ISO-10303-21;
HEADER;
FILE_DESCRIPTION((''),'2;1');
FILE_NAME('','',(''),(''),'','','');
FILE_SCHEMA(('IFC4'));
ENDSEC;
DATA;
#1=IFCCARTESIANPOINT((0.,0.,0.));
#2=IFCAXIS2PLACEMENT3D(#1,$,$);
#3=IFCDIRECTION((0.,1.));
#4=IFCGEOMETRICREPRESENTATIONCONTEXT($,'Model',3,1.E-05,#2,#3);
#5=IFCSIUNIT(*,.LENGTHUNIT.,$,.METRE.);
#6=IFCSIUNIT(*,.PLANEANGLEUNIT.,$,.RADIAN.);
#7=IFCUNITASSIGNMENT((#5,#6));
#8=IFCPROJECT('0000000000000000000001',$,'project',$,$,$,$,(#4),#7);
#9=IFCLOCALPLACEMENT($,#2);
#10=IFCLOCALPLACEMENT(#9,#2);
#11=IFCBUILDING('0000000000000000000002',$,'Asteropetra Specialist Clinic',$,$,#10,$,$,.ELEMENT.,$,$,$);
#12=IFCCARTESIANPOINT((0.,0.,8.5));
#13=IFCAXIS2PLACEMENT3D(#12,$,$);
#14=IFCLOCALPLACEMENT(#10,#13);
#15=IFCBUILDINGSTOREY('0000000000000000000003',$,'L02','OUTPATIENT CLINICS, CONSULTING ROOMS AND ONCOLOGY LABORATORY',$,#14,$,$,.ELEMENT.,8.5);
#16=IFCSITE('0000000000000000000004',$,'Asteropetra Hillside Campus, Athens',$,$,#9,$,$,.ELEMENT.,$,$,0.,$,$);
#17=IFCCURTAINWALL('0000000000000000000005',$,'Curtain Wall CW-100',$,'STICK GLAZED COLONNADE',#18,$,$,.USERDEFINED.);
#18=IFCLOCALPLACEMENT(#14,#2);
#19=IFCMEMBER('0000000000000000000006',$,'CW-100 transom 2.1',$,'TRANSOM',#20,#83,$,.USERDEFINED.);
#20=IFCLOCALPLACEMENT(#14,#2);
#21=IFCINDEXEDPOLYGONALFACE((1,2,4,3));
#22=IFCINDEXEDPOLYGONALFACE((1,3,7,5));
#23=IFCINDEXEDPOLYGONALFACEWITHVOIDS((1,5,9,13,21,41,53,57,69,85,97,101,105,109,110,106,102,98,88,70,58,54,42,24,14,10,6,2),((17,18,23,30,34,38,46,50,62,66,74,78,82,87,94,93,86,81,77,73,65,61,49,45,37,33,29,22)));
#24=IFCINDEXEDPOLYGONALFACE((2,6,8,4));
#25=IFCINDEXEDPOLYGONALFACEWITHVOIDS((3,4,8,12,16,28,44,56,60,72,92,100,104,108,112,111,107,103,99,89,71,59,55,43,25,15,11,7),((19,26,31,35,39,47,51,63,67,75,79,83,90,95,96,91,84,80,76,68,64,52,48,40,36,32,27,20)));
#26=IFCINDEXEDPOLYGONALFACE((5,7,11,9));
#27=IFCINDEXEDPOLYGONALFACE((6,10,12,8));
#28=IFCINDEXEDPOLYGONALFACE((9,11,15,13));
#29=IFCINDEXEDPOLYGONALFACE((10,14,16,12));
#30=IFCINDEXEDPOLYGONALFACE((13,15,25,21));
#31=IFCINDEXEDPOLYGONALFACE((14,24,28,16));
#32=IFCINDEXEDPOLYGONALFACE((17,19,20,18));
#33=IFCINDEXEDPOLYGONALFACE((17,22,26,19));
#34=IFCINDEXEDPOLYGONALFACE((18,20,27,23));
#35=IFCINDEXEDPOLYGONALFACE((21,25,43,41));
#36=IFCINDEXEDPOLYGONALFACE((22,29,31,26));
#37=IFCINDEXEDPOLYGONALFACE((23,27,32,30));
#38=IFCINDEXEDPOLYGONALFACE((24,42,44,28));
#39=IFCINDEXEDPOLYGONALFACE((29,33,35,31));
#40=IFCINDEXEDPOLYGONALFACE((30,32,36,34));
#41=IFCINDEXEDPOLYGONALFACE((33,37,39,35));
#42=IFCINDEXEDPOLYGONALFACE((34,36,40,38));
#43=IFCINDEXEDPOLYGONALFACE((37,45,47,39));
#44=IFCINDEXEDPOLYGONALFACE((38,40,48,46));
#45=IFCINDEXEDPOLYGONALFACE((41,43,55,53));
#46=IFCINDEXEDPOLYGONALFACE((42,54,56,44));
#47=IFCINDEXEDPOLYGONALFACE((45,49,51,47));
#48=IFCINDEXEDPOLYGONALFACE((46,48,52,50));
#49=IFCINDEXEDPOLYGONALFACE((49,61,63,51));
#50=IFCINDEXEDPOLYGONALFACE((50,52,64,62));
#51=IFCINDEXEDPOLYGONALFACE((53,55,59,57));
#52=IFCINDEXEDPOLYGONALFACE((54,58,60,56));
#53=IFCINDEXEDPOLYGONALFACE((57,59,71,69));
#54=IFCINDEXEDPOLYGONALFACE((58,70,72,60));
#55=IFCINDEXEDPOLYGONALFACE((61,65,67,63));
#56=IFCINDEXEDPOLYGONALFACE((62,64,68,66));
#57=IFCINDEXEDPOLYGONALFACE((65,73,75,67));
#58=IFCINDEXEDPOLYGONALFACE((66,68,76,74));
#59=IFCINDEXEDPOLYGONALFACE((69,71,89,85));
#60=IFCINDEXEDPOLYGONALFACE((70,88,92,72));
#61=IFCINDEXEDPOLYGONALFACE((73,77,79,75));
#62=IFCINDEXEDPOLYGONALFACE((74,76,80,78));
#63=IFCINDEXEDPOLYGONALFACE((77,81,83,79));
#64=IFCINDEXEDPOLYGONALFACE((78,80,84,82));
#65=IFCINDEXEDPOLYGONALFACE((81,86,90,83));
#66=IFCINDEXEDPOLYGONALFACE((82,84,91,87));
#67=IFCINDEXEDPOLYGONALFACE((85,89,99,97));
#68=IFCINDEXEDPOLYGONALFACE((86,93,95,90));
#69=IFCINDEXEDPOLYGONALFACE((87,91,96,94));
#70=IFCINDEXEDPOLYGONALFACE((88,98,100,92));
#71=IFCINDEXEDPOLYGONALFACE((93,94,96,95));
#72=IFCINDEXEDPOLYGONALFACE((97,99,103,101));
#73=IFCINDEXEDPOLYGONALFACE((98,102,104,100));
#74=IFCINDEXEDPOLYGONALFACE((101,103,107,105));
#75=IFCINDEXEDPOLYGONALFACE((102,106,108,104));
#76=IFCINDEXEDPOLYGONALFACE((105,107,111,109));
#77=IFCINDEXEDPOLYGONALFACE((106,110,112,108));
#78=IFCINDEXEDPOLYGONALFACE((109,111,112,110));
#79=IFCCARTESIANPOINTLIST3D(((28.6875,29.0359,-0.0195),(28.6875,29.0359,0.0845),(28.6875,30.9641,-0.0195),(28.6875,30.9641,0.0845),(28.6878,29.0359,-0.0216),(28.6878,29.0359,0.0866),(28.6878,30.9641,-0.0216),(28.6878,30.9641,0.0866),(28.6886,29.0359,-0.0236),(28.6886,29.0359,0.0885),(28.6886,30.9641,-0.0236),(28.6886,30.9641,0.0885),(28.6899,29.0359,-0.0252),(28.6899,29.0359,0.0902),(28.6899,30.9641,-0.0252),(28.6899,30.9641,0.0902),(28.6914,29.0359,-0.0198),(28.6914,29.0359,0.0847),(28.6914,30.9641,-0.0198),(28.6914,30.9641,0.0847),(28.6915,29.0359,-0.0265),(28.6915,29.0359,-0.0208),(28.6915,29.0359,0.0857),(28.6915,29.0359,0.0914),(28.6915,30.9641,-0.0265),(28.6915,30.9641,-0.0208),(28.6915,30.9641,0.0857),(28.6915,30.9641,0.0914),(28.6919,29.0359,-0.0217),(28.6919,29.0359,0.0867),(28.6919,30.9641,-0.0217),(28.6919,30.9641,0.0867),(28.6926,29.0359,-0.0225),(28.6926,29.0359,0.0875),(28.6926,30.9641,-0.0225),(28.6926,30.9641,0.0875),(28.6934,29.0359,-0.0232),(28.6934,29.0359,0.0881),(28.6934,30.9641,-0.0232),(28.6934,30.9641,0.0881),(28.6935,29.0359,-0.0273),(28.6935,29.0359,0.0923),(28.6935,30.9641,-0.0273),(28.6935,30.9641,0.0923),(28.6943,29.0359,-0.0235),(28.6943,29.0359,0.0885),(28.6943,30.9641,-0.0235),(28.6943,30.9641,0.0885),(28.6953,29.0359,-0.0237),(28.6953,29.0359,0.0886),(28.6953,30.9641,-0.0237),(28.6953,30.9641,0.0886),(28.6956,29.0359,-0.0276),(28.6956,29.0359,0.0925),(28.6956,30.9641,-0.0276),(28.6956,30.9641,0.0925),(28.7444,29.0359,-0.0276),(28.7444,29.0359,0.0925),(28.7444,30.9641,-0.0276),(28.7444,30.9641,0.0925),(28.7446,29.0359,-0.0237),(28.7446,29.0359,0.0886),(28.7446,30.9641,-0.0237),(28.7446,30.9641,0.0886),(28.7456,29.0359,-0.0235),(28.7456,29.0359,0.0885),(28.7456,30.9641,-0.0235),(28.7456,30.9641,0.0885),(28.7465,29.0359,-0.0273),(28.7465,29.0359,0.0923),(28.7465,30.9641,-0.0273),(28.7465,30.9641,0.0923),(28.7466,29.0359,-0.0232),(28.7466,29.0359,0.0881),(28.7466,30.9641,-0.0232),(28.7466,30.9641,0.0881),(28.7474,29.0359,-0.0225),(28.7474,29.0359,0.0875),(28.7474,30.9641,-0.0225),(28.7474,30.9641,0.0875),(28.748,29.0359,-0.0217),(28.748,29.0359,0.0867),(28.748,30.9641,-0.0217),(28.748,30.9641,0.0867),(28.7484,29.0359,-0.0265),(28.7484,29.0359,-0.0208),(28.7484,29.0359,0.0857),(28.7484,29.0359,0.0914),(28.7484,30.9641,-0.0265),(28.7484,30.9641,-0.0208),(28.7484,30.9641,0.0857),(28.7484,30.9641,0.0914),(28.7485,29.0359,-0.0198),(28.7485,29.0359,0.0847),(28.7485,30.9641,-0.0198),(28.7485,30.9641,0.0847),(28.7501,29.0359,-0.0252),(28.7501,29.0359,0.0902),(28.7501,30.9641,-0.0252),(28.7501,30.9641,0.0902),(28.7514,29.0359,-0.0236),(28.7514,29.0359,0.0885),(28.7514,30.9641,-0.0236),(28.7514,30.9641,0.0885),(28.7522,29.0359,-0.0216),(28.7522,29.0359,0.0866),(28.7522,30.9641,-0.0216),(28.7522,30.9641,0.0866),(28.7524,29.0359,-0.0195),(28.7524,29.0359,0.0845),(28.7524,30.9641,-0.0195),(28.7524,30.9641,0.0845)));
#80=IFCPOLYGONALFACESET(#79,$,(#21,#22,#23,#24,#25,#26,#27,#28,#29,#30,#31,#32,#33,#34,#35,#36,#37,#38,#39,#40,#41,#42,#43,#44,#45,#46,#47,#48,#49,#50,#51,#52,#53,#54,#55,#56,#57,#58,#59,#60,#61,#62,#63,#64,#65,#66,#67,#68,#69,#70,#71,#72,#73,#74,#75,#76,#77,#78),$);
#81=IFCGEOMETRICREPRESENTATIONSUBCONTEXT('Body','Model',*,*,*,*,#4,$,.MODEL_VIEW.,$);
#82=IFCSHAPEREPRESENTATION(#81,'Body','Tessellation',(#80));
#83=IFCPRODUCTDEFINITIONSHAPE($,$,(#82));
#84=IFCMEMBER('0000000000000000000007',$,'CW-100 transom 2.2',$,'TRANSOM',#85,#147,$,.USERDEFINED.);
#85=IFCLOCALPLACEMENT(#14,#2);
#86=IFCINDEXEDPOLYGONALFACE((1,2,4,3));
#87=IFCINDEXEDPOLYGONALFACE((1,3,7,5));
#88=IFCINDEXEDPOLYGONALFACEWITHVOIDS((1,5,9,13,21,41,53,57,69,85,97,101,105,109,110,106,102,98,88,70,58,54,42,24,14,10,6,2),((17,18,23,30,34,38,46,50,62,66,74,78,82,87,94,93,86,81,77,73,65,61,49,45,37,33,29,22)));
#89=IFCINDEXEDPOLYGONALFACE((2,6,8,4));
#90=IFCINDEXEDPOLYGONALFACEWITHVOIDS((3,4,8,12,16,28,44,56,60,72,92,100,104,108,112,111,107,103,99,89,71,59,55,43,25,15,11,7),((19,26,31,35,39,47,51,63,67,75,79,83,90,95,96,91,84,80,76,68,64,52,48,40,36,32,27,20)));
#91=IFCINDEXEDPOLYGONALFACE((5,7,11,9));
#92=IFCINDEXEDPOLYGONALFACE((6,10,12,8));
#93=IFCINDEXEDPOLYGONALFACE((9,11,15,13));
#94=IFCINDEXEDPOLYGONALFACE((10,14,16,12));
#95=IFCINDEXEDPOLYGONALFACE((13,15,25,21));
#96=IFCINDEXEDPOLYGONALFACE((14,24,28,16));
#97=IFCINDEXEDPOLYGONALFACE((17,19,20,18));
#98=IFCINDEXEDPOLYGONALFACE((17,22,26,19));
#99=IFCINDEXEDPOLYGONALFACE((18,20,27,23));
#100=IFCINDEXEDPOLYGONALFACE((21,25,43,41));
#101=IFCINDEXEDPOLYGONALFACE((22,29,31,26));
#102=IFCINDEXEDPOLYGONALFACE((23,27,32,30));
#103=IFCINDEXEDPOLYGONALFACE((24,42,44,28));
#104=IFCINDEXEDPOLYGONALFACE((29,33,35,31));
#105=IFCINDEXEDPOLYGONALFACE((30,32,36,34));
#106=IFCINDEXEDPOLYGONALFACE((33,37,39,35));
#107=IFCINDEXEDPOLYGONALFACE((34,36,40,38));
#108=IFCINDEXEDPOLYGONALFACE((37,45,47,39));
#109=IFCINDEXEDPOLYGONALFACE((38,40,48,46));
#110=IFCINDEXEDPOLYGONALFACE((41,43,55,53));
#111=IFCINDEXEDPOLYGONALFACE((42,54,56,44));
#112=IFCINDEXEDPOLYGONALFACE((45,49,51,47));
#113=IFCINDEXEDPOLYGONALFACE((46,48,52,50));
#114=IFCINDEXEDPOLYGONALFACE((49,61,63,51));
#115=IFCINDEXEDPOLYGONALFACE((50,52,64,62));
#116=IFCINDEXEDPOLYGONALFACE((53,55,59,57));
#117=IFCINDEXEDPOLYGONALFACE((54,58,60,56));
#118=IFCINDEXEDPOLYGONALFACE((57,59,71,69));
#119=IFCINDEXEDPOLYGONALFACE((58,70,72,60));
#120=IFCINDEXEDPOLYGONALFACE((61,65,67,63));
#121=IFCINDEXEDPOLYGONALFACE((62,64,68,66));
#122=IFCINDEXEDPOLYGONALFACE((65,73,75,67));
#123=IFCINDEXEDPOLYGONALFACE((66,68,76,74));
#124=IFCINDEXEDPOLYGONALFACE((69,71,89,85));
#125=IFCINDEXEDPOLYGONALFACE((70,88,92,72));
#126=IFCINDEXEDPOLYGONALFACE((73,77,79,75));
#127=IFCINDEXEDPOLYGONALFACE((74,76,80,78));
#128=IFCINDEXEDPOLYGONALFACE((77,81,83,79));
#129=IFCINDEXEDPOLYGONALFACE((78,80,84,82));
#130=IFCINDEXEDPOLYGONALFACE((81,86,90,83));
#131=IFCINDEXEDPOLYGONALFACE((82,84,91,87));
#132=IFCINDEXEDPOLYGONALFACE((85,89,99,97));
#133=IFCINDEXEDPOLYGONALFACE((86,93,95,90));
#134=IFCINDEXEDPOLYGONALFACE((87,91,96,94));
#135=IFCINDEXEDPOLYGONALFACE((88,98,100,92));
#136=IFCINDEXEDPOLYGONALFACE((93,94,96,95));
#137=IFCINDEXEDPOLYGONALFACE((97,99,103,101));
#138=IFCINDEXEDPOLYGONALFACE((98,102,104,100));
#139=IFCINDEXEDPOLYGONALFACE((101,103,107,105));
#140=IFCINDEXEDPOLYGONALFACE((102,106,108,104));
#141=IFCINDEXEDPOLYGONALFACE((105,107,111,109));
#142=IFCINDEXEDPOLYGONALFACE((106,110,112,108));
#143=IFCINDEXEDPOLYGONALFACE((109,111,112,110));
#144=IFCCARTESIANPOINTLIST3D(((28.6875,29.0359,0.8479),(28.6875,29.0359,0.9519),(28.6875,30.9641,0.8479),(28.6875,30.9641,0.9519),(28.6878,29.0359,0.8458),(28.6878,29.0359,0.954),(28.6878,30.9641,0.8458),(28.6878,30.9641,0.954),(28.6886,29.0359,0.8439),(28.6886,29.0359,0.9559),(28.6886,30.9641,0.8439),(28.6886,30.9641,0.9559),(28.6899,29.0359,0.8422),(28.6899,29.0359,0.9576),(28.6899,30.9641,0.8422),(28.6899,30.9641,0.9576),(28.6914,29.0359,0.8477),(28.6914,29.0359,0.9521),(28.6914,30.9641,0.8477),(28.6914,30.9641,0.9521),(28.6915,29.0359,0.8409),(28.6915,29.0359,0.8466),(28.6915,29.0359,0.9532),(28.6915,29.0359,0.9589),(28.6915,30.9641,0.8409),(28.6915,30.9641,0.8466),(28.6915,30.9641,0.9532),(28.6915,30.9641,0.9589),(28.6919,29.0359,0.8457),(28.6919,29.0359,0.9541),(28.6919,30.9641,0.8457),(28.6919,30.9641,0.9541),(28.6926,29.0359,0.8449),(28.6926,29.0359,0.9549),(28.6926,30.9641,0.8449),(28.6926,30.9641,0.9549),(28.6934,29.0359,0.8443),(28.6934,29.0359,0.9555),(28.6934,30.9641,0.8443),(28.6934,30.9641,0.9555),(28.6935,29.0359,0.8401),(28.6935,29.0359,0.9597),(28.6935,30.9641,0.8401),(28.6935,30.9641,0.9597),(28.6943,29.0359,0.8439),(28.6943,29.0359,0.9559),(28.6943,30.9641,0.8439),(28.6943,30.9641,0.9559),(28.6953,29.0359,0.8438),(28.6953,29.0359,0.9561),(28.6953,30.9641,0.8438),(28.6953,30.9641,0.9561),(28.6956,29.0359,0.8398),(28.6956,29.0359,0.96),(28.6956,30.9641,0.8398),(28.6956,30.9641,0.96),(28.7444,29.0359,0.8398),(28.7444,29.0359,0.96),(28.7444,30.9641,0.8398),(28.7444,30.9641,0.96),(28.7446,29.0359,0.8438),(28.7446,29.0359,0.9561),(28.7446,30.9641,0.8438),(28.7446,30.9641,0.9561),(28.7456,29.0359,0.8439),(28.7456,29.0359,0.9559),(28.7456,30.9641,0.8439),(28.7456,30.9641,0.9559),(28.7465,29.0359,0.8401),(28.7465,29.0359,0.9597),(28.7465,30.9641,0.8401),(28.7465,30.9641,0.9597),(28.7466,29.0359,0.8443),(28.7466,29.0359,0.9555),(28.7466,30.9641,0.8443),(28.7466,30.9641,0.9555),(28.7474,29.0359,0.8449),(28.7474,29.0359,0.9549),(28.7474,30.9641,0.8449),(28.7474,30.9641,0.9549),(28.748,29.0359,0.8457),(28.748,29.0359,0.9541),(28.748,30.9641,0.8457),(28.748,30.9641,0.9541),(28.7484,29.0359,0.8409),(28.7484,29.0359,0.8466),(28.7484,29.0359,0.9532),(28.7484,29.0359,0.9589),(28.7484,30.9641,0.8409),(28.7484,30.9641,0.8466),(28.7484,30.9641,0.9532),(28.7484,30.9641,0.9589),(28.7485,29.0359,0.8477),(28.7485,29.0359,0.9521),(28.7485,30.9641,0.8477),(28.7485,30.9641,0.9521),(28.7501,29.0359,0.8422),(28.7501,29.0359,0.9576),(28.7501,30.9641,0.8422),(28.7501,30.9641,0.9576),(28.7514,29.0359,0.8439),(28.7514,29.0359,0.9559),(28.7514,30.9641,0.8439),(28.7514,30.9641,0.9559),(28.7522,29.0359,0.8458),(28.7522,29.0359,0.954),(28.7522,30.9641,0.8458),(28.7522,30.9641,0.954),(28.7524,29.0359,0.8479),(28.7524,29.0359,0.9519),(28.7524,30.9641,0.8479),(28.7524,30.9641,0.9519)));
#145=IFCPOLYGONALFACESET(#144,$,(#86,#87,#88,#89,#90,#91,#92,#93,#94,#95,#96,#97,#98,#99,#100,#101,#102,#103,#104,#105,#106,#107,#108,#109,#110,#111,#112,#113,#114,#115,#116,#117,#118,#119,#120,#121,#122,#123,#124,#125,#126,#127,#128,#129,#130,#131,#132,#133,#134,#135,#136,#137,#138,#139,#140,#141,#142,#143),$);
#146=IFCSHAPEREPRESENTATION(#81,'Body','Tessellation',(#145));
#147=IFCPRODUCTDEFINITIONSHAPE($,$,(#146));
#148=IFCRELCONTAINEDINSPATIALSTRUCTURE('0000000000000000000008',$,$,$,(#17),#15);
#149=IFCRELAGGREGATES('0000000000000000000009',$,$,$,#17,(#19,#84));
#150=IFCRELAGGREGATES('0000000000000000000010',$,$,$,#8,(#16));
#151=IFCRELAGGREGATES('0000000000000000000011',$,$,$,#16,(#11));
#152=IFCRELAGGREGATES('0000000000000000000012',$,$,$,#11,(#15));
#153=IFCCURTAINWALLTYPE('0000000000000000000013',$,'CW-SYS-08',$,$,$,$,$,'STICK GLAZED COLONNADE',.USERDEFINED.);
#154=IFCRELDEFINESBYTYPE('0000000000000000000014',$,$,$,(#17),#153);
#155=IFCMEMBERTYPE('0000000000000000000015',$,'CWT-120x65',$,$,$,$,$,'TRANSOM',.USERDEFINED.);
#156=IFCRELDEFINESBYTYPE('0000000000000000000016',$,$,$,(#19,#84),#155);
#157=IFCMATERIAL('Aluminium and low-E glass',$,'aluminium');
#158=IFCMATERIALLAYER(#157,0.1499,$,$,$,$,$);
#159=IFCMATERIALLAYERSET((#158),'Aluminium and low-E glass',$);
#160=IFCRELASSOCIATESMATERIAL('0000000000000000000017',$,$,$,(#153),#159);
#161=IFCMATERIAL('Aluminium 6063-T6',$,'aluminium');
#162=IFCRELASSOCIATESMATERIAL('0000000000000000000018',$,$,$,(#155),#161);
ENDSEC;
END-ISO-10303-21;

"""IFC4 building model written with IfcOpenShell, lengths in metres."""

from ifc_helpers import new_model, si_unit, direction, frame, origin, origin_2d, place, context, subcontext, project, spatial, hollow_rectangle, extrude, material, layer, layer_set, material_profile, profile_set, type_object, element, aggregate, save


model = new_model("IFC4")

# Units and contexts
model_context = context("Model", 3, precision=1e-05, world=origin(), true_north=direction((0.0, 1.0)))
body_context = subcontext(model_context, "Body", "Model", "MODEL_VIEW")
ifc_project = project(units=[si_unit("LENGTHUNIT", "METRE"), si_unit("PLANEANGLEUNIT", "RADIAN")], contexts=[model_context])

# Site, building, storey
site_placement = place(None, origin())
site = spatial("IfcSite", under=ifc_project, at=site_placement, Name="Asteropetra Hillside Campus, Athens", CompositionType="ELEMENT", RefElevation=0.0)
building_placement = place(site_placement, origin())
building = spatial("IfcBuilding", under=site, at=building_placement, Name="Asteropetra Specialist Clinic", CompositionType="ELEMENT")
storey_placement = place(building_placement, frame((0.0, 0.0, 8.5)))
storey = spatial("IfcBuildingStorey", under=building, at=storey_placement, Name="L02", Description="OUTPATIENT CLINICS, CONSULTING ROOMS AND ONCOLOGY LABORATORY", CompositionType="ELEMENT", Elevation=8.5)

# Curtain wall, members
ifc_material_1 = material(Name="Aluminium and low-E glass", Category="aluminium")
ifc_layer_1 = layer(ifc_material_1, 0.1499)
ifc_layer_set_1 = layer_set([ifc_layer_1], Name="Aluminium and low-E glass")
curtain_wall_type = type_object("IfcCurtainWallType", Name="CW-SYS-08", ElementType="STICK GLAZED COLONNADE", PredefinedType="USERDEFINED", material=ifc_layer_set_1)
curtain_wall_placement = place(storey_placement, origin())
curtain_wall = element("IfcCurtainWall", 1, at=curtain_wall_placement, inside=storey, type_object=curtain_wall_type, Name="Curtain Wall CW-100", ObjectType="STICK GLAZED COLONNADE", PredefinedType="USERDEFINED")
ifc_material_2 = material(Name="Aluminium 6063-T6", Category="aluminium")
ifc_material_profile_1 = material_profile(ifc_material_2, hollow_rectangle(XDim=0.0649, YDim=0.1201, WallThickness=0.0039, InnerFilletRadius=0.0039, OuterFilletRadius=0.0081, at=origin_2d()), Name="TRN 120x65x4.0")
ifc_profile_set_1 = profile_set([ifc_material_profile_1], Name="Aluminium 6063-T6")
member_type_1 = type_object("IfcMemberType", Name="CWT-120x65", ElementType="TRANSOM", PredefinedType="USERDEFINED", material=ifc_profile_set_1)
member_1_placement = place(storey_placement, frame((28.72, 30.9641, 0.0325), z_axis=(0.0, -1.0, 0.0), x_axis=(1.0, 0.0, 0.0)))
member_1 = element("IfcMember", 2, at=member_1_placement, type_object=member_type_1, Name="CW-100 transom 2.1", ObjectType="TRANSOM", PredefinedType="USERDEFINED", context=body_context, shape_type="SweptSolid", body=[
    extrude(hollow_rectangle(XDim=0.0649, YDim=0.1201, WallThickness=0.0039, InnerFilletRadius=0.0039, OuterFilletRadius=0.0081, at=origin_2d()), origin(), (0.0, 0.0, 1.0), 1.9282),
])
member_2_placement = place(storey_placement, frame((28.72, 30.9641, 0.8999), z_axis=(0.0, -1.0, 0.0), x_axis=(1.0, 0.0, 0.0)))
member_2 = element("IfcMember", 3, at=member_2_placement, type_object=member_type_1, Name="CW-100 transom 2.2", ObjectType="TRANSOM", PredefinedType="USERDEFINED", context=body_context, shape_type="SweptSolid", body=[
    extrude(hollow_rectangle(XDim=0.0649, YDim=0.1201, WallThickness=0.0039, InnerFilletRadius=0.0039, OuterFilletRadius=0.0081, at=origin_2d()), origin(), (0.0, 0.0, 1.0), 1.9282),
])

aggregate(curtain_wall, [member_1, member_2])

save(model, "model.ifc")
